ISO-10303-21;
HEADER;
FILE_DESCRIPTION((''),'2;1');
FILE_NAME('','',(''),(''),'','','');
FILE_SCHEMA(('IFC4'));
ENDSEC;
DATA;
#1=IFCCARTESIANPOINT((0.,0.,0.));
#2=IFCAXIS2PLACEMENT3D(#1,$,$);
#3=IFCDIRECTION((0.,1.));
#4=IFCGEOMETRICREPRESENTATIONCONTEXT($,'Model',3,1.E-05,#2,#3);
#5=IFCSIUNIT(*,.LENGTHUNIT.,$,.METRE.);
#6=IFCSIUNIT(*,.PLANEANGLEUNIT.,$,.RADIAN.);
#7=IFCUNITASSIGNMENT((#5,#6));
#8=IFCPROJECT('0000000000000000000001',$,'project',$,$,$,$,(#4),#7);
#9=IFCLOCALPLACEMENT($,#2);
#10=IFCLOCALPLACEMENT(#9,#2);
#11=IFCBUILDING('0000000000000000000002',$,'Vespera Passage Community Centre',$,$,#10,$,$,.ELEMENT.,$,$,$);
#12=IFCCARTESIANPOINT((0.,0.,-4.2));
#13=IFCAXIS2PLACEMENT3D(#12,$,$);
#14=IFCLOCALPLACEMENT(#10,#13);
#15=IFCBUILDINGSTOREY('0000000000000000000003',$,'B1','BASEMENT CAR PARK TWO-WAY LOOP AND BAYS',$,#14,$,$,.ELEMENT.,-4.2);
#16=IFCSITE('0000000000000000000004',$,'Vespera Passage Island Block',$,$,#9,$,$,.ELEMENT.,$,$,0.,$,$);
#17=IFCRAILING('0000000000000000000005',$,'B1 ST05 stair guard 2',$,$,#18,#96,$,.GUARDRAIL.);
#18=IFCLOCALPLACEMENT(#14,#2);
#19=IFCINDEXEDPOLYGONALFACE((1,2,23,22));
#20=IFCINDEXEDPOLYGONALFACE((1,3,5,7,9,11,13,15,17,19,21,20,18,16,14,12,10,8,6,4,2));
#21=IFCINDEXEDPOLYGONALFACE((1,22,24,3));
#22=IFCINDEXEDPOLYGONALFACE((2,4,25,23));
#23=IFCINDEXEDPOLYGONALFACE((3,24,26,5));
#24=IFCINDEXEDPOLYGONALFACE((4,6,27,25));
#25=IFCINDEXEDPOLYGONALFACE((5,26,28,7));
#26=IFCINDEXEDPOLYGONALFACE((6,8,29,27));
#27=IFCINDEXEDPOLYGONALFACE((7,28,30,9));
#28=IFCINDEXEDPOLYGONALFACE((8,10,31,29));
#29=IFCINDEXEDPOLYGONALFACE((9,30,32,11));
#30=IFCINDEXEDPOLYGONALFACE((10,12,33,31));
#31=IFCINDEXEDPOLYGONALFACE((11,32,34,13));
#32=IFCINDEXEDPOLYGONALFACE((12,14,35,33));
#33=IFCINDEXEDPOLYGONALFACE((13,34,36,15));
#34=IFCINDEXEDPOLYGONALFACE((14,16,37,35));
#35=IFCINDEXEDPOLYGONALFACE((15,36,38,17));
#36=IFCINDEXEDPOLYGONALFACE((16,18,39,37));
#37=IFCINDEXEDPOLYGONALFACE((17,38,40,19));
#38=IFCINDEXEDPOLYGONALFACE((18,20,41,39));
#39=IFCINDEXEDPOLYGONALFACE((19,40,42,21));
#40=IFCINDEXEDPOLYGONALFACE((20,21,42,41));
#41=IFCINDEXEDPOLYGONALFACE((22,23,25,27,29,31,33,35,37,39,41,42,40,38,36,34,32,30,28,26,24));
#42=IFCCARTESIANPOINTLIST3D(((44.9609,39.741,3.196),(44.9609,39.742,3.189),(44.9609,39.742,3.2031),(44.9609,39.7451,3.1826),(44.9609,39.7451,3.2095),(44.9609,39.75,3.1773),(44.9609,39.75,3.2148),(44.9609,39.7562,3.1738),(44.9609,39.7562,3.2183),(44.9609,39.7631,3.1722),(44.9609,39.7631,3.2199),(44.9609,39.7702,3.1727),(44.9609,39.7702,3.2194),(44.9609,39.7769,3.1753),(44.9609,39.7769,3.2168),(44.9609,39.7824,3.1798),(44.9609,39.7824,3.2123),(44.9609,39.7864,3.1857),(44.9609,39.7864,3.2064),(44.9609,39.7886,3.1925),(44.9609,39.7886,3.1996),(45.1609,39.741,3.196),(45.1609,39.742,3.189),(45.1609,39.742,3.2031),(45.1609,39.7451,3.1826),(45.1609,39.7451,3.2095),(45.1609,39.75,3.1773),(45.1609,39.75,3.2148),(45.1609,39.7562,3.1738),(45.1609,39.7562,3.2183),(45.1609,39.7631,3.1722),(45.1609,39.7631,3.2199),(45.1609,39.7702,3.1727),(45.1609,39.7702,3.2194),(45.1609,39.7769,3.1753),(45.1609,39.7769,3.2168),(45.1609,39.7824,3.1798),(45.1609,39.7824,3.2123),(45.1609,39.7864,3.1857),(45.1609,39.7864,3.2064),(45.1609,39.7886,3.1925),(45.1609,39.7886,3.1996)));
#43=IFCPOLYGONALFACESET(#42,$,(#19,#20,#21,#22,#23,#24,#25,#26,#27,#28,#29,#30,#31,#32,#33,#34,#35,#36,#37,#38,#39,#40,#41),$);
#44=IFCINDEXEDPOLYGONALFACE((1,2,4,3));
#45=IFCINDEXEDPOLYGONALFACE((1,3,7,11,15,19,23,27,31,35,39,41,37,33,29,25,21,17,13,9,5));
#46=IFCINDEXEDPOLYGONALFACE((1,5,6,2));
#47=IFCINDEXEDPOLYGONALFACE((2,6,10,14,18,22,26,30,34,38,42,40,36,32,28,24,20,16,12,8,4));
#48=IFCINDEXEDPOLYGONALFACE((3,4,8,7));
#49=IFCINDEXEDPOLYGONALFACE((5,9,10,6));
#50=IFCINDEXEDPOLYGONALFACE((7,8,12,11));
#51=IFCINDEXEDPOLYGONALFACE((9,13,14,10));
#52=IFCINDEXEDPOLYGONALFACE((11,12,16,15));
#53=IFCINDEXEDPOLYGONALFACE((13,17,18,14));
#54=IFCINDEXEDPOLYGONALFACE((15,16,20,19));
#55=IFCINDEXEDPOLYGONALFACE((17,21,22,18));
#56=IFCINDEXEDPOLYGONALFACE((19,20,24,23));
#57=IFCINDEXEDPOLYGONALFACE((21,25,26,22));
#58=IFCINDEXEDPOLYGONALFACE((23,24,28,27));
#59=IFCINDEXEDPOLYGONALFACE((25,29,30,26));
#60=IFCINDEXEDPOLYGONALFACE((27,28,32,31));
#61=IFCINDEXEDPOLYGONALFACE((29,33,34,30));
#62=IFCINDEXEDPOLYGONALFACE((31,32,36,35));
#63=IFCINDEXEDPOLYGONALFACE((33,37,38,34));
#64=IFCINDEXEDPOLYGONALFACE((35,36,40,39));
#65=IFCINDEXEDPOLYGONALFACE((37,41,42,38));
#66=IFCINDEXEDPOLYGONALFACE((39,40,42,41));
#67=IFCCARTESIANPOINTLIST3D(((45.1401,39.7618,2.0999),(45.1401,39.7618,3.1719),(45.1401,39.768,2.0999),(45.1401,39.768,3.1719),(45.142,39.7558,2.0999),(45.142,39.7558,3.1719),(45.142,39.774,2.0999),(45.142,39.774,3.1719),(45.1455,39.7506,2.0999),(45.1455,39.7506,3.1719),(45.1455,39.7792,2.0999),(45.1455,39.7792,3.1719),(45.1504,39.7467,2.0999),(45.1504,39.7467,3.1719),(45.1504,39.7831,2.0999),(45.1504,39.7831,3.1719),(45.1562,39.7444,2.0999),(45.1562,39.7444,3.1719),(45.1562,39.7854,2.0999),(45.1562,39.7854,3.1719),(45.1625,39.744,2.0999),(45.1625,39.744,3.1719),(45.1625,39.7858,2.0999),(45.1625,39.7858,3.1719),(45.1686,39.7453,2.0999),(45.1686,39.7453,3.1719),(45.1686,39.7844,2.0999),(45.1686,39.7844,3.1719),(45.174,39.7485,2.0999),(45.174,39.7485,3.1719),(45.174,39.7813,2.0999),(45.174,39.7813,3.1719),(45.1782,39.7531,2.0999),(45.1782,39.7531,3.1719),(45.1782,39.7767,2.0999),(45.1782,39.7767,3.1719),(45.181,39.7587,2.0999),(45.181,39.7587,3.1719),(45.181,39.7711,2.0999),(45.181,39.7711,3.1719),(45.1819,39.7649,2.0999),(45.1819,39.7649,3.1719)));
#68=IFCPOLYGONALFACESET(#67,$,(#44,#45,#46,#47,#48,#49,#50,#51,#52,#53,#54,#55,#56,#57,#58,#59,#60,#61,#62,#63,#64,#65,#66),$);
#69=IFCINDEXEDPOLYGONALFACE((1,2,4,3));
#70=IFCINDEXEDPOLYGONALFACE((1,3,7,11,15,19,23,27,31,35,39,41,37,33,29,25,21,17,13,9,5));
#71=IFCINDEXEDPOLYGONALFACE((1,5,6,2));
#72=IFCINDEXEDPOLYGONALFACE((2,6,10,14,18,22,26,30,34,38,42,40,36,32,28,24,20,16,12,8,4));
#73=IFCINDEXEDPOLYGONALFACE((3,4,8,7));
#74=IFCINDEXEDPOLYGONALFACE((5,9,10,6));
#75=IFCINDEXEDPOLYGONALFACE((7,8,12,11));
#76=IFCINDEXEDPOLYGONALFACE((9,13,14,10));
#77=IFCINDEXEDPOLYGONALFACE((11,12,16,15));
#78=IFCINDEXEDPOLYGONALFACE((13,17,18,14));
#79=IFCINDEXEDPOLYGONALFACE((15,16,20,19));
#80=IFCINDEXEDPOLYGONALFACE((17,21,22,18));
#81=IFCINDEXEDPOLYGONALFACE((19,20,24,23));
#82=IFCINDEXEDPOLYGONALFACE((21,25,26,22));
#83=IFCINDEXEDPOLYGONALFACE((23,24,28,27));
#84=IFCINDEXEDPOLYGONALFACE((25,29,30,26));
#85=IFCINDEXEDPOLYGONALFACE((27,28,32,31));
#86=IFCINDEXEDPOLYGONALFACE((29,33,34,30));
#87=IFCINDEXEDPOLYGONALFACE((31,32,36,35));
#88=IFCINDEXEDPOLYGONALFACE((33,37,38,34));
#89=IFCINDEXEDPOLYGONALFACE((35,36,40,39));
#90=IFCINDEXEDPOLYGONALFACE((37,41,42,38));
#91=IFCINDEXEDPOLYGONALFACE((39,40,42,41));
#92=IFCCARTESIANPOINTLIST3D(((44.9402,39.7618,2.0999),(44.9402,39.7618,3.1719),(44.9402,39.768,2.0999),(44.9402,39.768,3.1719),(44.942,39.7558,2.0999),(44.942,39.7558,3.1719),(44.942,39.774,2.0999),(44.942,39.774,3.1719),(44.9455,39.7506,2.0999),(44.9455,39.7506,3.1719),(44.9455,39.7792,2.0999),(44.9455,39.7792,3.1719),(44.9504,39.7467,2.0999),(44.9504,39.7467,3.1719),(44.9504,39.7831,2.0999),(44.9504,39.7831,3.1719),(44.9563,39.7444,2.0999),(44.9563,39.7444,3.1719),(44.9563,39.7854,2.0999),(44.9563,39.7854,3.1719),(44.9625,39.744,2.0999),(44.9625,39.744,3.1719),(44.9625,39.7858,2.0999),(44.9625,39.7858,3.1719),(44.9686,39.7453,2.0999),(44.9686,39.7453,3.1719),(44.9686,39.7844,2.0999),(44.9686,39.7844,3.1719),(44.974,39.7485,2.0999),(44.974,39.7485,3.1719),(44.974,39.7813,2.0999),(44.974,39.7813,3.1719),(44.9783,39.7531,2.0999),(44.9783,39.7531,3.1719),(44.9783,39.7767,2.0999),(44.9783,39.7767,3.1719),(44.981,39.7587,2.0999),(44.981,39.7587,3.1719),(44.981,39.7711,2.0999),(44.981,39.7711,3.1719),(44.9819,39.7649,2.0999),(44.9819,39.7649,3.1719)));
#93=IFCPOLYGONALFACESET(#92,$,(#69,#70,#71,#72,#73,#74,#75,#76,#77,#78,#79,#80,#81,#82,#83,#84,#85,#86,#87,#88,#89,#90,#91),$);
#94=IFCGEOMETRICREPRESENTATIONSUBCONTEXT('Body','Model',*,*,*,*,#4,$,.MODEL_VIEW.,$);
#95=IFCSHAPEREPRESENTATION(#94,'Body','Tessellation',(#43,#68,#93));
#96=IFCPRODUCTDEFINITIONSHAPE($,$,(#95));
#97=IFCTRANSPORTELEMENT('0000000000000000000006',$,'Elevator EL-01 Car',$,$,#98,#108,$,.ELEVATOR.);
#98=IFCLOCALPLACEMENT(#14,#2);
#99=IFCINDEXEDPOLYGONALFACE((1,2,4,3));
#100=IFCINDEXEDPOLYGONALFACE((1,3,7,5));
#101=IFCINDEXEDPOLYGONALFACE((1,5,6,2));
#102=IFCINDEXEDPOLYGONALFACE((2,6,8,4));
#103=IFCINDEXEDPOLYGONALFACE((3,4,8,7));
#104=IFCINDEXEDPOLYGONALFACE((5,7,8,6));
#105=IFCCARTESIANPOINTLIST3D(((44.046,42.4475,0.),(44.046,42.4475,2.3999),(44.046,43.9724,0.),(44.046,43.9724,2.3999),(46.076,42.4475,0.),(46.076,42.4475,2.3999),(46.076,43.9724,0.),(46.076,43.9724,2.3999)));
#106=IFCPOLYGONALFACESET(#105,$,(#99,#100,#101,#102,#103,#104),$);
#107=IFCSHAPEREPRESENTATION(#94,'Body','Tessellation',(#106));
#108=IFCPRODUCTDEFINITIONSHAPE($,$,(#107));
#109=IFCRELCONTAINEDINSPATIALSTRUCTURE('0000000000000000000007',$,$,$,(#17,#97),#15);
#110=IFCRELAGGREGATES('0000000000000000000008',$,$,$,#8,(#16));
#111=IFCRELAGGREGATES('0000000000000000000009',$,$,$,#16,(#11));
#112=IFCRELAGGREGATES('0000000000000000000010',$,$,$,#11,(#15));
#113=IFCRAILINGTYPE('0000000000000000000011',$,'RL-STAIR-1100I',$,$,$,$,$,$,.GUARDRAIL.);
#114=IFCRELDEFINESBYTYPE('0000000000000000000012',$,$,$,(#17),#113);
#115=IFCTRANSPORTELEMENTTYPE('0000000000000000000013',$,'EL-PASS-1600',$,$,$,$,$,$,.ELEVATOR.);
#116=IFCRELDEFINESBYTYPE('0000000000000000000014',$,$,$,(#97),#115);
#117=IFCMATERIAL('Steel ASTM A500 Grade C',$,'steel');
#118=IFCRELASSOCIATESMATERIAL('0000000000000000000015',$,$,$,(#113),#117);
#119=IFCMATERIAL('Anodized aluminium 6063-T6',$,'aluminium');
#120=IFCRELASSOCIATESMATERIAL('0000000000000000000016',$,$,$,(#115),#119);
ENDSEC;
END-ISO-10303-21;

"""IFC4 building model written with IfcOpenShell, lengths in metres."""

from ifc_helpers import new_model, si_unit, direction, frame, origin, origin_2d, place, context, subcontext, project, spatial, rectangle, circle, extrude, material, type_object, element, save


model = new_model("IFC4")

# Units and contexts
model_context = context("Model", 3, precision=1e-05, world=origin(), true_north=direction((0.0, 1.0)))
body_context = subcontext(model_context, "Body", "Model", "MODEL_VIEW")
ifc_project = project(units=[si_unit("LENGTHUNIT", "METRE"), si_unit("PLANEANGLEUNIT", "RADIAN")], contexts=[model_context])

# Site, building, storey
site_placement = place(None, origin())
site = spatial("IfcSite", under=ifc_project, at=site_placement, Name="Vespera Passage Island Block", CompositionType="ELEMENT", RefElevation=0.0)
building_placement = place(site_placement, origin())
building = spatial("IfcBuilding", under=site, at=building_placement, Name="Vespera Passage Community Centre", CompositionType="ELEMENT")
storey_placement = place(building_placement, frame((0.0, 0.0, -4.2)))
storey = spatial("IfcBuildingStorey", under=building, at=storey_placement, Name="B1", Description="BASEMENT CAR PARK TWO-WAY LOOP AND BAYS", CompositionType="ELEMENT", Elevation=-4.2)

# Railing
ifc_material_1 = material(Name="Steel ASTM A500 Grade C", Category="steel")
railing_type_1 = type_object("IfcRailingType", Name="RL-STAIR-1100I", PredefinedType="GUARDRAIL", material=ifc_material_1)
railing_1_placement = place(storey_placement, frame((45.1609, 39.7649, 2.0999)))
element("IfcRailing", 1, at=railing_1_placement, inside=storey, type_object=railing_type_1, Name="B1 ST05 stair guard 2", PredefinedType="GUARDRAIL", context=body_context, shape_type="SweptSolid", body=[
    extrude(circle(Radius=0.0239, at=origin_2d()), frame((0.0, 0.0, 1.0962), z_axis=(-1.0, 0.0, 0.0), x_axis=(0.0, -1.0, 0.0)), (0.0, 0.0, 1.0), 0.2),
    extrude(circle(Radius=0.021, at=origin_2d()), origin(), (0.0, 0.0, 1.0), 1.072),
    extrude(circle(Radius=0.021, at=origin_2d()), frame((-0.2, 0.0, 0.0)), (0.0, 0.0, 1.0), 1.072),
])

# Transport element
ifc_material_2 = material(Name="Anodized aluminium 6063-T6", Category="aluminium")
transport_element_type = type_object("IfcTransportElementType", Name="EL-PASS-1600", PredefinedType="ELEVATOR", material=ifc_material_2)
transport_element_placement = place(storey_placement, frame((45.061, 43.21, 0.0), z_axis=(0.0, 0.0, 1.0), x_axis=(0.0, 1.0, 0.0)))
element("IfcTransportElement", 2, at=transport_element_placement, inside=storey, type_object=transport_element_type, Name="Elevator EL-01 Car", PredefinedType="ELEVATOR", context=body_context, shape_type="SweptSolid", body=[
    extrude(rectangle(XDim=1.5249, YDim=2.03, at=origin_2d()), origin(), (0.0, 0.0, 1.0), 2.3999),
])

save(model, "model.ifc")
